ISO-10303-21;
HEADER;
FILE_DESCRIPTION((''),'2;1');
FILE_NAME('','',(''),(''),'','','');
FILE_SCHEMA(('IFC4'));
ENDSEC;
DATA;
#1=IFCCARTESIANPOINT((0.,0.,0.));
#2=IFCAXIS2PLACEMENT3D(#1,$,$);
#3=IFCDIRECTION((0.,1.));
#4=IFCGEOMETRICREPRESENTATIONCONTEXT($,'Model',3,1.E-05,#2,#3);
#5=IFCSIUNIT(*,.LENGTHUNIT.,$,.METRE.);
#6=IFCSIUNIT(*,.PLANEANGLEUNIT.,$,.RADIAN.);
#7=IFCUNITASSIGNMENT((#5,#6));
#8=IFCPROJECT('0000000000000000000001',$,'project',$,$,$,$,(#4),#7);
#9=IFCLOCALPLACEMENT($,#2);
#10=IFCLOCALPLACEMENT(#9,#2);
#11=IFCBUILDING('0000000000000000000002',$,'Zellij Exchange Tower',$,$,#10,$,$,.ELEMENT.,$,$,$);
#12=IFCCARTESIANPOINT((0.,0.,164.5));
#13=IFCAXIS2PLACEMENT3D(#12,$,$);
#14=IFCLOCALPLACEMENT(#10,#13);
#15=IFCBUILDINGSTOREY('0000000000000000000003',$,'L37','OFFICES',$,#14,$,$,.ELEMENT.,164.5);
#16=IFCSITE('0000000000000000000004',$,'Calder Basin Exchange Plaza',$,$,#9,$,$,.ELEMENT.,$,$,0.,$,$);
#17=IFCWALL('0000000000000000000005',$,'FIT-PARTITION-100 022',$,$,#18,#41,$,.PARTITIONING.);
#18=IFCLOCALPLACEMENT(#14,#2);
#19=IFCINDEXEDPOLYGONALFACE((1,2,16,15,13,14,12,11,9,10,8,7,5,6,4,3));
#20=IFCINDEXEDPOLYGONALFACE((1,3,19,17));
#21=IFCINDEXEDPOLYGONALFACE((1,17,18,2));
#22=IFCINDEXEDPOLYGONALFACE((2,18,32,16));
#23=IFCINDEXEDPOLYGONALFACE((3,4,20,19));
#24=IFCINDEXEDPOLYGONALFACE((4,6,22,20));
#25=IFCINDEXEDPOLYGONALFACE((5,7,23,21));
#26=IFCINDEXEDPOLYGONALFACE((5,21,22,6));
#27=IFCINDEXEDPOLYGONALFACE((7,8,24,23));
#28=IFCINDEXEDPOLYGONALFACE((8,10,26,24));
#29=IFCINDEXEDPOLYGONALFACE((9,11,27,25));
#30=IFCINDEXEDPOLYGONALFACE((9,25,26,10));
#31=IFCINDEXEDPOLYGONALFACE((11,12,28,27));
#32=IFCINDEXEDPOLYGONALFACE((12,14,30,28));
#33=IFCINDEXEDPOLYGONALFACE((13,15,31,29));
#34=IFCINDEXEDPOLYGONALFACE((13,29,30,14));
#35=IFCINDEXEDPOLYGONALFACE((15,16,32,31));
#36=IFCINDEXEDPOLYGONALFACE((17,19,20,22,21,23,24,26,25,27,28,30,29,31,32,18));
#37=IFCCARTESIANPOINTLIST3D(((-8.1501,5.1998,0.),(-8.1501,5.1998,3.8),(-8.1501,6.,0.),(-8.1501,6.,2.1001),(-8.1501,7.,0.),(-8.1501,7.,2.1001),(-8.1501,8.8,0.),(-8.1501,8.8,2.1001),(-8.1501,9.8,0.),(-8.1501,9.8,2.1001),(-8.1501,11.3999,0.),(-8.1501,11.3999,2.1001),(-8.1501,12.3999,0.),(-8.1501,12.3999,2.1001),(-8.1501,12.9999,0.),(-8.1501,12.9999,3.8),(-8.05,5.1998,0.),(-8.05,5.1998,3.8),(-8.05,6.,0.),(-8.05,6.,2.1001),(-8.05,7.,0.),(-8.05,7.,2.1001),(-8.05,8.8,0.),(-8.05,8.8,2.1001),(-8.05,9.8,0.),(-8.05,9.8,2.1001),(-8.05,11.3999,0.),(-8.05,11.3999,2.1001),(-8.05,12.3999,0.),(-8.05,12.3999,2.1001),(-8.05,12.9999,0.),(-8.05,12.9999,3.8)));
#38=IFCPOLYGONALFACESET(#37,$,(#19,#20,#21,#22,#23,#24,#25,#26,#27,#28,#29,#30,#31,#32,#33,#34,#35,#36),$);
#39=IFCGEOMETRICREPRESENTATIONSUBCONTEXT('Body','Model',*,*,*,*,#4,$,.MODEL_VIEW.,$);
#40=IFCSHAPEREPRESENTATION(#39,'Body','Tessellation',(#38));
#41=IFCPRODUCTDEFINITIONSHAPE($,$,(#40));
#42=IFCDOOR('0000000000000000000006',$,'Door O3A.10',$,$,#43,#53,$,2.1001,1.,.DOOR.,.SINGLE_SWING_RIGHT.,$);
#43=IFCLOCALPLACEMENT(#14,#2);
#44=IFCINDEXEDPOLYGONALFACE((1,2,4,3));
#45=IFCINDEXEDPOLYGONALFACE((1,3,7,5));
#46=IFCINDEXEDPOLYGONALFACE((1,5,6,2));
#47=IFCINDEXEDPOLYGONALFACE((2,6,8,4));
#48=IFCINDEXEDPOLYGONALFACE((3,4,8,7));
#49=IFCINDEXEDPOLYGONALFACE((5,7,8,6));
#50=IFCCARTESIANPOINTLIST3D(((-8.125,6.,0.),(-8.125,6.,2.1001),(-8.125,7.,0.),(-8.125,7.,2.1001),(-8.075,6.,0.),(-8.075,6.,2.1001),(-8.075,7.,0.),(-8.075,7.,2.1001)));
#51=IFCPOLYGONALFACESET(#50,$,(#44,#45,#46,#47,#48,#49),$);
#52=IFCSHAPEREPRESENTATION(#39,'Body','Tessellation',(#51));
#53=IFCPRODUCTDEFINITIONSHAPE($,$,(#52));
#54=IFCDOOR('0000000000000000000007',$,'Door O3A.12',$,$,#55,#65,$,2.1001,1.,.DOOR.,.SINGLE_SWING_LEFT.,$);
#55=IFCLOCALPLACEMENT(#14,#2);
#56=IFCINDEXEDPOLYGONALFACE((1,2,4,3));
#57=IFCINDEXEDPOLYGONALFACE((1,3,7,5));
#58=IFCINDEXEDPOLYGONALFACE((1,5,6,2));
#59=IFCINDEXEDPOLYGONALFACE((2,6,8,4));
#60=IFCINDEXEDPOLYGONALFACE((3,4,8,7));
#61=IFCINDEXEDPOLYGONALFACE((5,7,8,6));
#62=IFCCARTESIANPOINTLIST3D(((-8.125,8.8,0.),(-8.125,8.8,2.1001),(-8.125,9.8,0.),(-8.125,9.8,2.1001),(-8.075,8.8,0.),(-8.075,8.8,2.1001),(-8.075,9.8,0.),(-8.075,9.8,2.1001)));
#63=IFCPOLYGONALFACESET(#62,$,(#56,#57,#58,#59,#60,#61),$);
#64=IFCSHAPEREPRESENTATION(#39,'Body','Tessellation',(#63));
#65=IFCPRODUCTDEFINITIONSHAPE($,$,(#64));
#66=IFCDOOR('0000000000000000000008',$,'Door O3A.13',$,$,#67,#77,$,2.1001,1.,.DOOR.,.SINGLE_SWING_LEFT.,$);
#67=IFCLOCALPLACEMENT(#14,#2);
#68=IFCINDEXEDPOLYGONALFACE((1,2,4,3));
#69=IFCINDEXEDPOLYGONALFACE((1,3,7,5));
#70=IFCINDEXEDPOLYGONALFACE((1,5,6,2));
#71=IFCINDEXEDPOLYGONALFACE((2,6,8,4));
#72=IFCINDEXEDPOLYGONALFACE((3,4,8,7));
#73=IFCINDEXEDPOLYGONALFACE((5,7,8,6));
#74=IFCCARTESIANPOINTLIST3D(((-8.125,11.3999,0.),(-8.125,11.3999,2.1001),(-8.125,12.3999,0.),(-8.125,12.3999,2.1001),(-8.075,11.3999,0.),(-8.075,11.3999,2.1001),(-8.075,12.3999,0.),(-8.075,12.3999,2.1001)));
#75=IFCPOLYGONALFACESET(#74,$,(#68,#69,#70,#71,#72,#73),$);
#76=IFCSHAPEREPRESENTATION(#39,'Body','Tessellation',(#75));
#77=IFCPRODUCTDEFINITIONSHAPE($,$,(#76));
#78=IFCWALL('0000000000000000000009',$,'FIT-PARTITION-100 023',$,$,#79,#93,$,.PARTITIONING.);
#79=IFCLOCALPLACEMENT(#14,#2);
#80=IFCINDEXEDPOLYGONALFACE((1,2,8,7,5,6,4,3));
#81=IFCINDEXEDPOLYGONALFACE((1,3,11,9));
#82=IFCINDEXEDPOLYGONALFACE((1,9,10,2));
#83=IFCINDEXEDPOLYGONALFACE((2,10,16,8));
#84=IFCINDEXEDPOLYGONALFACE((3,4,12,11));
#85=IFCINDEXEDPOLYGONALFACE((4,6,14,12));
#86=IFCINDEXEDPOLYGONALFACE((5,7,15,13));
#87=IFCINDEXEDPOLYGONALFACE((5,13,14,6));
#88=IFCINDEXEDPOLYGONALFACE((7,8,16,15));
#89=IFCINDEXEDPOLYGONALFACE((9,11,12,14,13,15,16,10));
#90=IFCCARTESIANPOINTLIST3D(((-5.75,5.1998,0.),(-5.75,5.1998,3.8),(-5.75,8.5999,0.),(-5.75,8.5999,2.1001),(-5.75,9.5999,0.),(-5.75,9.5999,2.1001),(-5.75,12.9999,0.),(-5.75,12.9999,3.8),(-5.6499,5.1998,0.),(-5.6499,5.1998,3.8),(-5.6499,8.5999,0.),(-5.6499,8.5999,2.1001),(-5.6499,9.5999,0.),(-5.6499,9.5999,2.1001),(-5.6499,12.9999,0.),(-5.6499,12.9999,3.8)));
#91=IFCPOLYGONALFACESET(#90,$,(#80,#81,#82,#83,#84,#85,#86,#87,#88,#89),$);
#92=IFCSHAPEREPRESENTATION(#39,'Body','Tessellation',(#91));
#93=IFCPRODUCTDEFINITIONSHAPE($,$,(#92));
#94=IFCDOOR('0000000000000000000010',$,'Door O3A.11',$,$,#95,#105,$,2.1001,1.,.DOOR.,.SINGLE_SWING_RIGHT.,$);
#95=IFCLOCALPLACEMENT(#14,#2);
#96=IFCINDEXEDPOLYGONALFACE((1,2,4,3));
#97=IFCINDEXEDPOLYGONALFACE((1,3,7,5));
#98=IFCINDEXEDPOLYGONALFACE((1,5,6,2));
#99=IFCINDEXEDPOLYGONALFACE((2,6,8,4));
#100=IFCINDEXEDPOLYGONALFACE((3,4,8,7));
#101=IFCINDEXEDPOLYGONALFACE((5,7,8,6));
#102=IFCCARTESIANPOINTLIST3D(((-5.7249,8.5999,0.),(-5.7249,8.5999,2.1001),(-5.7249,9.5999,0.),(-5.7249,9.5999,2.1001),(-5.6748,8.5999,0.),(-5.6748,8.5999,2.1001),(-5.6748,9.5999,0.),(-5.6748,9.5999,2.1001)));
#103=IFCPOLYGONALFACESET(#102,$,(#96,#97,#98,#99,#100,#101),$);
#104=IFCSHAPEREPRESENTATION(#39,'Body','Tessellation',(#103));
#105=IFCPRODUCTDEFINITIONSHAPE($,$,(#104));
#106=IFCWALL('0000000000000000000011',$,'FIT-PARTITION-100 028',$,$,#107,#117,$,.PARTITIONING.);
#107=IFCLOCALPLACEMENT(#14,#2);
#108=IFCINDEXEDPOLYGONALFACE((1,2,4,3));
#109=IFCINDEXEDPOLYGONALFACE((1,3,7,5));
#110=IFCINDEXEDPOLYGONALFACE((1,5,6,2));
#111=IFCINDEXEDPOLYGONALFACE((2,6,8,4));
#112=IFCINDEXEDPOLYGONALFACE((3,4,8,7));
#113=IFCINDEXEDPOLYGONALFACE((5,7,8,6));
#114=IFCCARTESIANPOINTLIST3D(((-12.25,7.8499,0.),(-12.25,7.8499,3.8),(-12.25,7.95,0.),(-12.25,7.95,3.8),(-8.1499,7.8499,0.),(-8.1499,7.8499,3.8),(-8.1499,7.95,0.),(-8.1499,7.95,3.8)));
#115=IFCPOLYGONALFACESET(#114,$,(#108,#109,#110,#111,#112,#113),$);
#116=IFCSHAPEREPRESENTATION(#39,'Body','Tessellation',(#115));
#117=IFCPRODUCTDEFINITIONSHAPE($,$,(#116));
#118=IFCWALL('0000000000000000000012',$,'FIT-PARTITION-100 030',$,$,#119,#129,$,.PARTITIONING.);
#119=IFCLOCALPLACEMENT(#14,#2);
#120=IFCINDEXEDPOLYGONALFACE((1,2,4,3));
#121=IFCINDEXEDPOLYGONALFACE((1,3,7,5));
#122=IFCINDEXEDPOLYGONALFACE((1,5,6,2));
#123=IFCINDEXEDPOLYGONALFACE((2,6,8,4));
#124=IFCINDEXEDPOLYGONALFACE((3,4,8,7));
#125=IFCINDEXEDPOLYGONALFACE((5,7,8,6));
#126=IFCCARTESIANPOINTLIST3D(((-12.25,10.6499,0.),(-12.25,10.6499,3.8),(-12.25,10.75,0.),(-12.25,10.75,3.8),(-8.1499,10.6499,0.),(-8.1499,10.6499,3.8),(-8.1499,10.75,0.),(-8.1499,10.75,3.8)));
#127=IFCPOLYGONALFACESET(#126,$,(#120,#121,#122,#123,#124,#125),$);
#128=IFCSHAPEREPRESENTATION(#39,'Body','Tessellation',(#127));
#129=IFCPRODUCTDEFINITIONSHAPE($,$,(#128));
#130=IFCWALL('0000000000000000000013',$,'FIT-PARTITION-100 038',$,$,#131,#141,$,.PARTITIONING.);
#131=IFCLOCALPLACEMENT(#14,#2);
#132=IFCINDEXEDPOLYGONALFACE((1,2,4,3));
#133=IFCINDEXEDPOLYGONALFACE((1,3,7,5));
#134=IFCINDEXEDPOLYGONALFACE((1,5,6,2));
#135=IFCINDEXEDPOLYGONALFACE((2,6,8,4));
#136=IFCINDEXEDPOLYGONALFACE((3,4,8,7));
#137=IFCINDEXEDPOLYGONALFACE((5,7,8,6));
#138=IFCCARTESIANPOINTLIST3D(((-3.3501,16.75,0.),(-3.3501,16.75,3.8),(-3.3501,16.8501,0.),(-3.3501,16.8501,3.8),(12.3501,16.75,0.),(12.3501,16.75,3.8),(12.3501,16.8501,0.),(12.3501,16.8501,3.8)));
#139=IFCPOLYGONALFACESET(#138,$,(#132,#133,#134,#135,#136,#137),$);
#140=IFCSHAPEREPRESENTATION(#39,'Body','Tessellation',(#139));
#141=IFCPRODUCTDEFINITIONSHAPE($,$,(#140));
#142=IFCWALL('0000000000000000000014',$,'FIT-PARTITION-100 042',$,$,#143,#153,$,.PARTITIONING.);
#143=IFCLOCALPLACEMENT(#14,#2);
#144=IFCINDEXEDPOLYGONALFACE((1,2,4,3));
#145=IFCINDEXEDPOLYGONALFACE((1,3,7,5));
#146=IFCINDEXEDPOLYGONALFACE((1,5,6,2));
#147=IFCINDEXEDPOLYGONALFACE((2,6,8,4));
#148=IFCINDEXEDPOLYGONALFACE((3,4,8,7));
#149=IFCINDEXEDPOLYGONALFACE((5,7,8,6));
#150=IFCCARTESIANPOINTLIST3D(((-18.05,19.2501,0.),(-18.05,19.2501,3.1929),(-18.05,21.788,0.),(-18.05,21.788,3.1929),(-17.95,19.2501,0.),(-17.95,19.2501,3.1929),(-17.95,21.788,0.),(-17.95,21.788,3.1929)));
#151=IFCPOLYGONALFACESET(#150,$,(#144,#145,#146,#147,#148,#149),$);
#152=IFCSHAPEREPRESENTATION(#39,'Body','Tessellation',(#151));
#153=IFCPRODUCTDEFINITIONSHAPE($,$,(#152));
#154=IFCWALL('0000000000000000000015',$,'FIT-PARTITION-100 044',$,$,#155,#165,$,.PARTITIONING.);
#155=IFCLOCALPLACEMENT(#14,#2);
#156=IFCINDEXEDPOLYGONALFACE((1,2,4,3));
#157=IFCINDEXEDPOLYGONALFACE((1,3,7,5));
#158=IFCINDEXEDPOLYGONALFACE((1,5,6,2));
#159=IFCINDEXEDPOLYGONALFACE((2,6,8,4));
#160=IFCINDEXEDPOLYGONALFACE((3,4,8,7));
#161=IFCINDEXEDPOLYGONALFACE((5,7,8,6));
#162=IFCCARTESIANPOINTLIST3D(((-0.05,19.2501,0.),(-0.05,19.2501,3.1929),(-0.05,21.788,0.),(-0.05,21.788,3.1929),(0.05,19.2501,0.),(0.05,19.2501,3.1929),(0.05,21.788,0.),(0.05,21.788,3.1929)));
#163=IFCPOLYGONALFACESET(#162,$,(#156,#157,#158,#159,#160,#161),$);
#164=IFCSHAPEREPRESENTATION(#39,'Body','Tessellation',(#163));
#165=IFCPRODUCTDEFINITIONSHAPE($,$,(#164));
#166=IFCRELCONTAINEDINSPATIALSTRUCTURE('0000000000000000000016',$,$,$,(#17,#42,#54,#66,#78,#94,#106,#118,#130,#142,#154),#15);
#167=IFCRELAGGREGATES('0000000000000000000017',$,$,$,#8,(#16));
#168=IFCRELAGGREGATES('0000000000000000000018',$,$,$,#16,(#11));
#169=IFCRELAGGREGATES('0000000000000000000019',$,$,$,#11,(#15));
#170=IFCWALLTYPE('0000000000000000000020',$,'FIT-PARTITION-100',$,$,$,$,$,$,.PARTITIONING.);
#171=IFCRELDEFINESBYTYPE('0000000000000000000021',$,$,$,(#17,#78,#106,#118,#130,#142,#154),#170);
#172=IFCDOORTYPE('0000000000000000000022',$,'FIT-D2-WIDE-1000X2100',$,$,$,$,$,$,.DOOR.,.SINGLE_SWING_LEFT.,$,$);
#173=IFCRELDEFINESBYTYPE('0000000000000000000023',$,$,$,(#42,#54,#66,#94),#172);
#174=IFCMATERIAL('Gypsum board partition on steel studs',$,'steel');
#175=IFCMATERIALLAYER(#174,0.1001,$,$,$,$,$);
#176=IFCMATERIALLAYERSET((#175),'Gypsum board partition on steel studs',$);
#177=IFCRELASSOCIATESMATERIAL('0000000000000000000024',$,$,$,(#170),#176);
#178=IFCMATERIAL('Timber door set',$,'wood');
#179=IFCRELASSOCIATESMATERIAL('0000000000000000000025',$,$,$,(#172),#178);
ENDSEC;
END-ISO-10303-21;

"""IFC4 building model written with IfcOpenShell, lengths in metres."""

from ifc_helpers import new_model, si_unit, direction, frame, frame_2d, origin, place, context, subcontext, project, spatial, rectangle, extrude, material, layer, layer_set, type_object, element, fill, save


model = new_model("IFC4")

# Units and contexts
model_context = context("Model", 3, precision=1e-05, world=origin(), true_north=direction((0.0, 1.0)))
body_context = subcontext(model_context, "Body", "Model", "MODEL_VIEW")
ifc_project = project(units=[si_unit("LENGTHUNIT", "METRE"), si_unit("PLANEANGLEUNIT", "RADIAN")], contexts=[model_context])

# Site, building, storey
site_placement = place(None, origin())
site = spatial("IfcSite", under=ifc_project, at=site_placement, Name="Calder Basin Exchange Plaza", CompositionType="ELEMENT", RefElevation=0.0)
building_placement = place(site_placement, origin())
building = spatial("IfcBuilding", under=site, at=building_placement, Name="Zellij Exchange Tower", CompositionType="ELEMENT")
storey_placement = place(building_placement, frame((0.0, 0.0, 164.5)))
storey = spatial("IfcBuildingStorey", under=building, at=storey_placement, Name="L37", Description="OFFICES", CompositionType="ELEMENT", Elevation=164.5)

# Shared definitions
ifc_material_1 = material(Name="Timber door set", Category="wood")

# Shared definitions
ifc_material_2 = material(Name="Gypsum board partition on steel studs", Category="steel")
ifc_layer_1 = layer(ifc_material_2, 0.1001)
ifc_layer_set_1 = layer_set([ifc_layer_1], Name="Gypsum board partition on steel studs")
wall_type_1 = type_object("IfcWallType", Name="FIT-PARTITION-100", PredefinedType="PARTITIONING", material=ifc_layer_set_1)

# Wall, openings, doors
wall_1_placement = place(storey_placement, frame((-8.1001, 5.2, 0.0), z_axis=(0.0, 0.0, 1.0), x_axis=(0.0, 1.0, 0.0)))
wall_1 = element("IfcWall", 1, at=wall_1_placement, inside=storey, type_object=wall_type_1, Name="FIT-PARTITION-100 022", PredefinedType="PARTITIONING", context=body_context, shape_type="SweptSolid", body=[
    extrude(rectangle(XDim=7.8, YDim=0.1001, at=frame_2d((3.8999, 0.0))), origin(), (0.0, 0.0, 1.0), 3.8),
])
opening_1_placement = place(wall_1_placement, frame((0.8, 0.0, 0.0)))
opening_1 = element("IfcOpeningElement", 2, at=opening_1_placement, cuts=wall_1, PredefinedType="OPENING", context=body_context, shape_type="SweptSolid", body=[
    extrude(rectangle(XDim=1.0, YDim=2.1001, at=frame_2d((0.5, 1.05))), frame((0.0, 0.062, 0.0), z_axis=(0.0, -1.0, 0.0), x_axis=(1.0, 0.0, 0.0)), (0.0, 0.0, 1.0), 0.124),
])
opening_2_placement = place(wall_1_placement, frame((3.6001, 0.0, 0.0)))
opening_2 = element("IfcOpeningElement", 3, at=opening_2_placement, cuts=wall_1, PredefinedType="OPENING", context=body_context, shape_type="SweptSolid", body=[
    extrude(rectangle(XDim=1.0, YDim=2.1001, at=frame_2d((0.5, 1.05))), frame((0.0, 0.062, 0.0), z_axis=(0.0, -1.0, 0.0), x_axis=(1.0, 0.0, 0.0)), (0.0, 0.0, 1.0), 0.124),
])
opening_3_placement = place(wall_1_placement, frame((6.2, 0.0, 0.0)))
opening_3 = element("IfcOpeningElement", 4, at=opening_3_placement, cuts=wall_1, PredefinedType="OPENING", context=body_context, shape_type="SweptSolid", body=[
    extrude(rectangle(XDim=1.0, YDim=2.1001, at=frame_2d((0.5, 1.05))), frame((0.0, 0.062, 0.0), z_axis=(0.0, -1.0, 0.0), x_axis=(1.0, 0.0, 0.0)), (0.0, 0.0, 1.0), 0.124),
])
door_type_1 = type_object("IfcDoorType", Name="FIT-D2-WIDE-1000X2100", OperationType="SINGLE_SWING_LEFT", PredefinedType="DOOR", material=ifc_material_1)
door_1_placement = place(opening_1_placement, origin())
door_1 = element("IfcDoor", 5, at=door_1_placement, inside=storey, type_object=door_type_1, Name="Door O3A.10", OperationType="SINGLE_SWING_RIGHT", OverallHeight=2.1001, OverallWidth=1.0, PredefinedType="DOOR", context=body_context, shape_type="SweptSolid", body=[
    extrude(rectangle(XDim=1.0, YDim=2.1001, at=frame_2d((0.5, 1.05))), frame((0.0, 0.0249, 0.0), z_axis=(0.0, -1.0, 0.0), x_axis=(1.0, 0.0, 0.0)), (0.0, 0.0, 1.0), 0.05),
])
fill(opening_1, door_1)
door_2_placement = place(opening_2_placement, origin())
door_2 = element("IfcDoor", 6, at=door_2_placement, inside=storey, type_object=door_type_1, Name="Door O3A.12", OperationType="SINGLE_SWING_LEFT", OverallHeight=2.1001, OverallWidth=1.0, PredefinedType="DOOR", context=body_context, shape_type="SweptSolid", body=[
    extrude(rectangle(XDim=1.0, YDim=2.1001, at=frame_2d((0.5, 1.05))), frame((0.0, 0.0249, 0.0), z_axis=(0.0, -1.0, 0.0), x_axis=(1.0, 0.0, 0.0)), (0.0, 0.0, 1.0), 0.05),
])
fill(opening_2, door_2)
door_3_placement = place(opening_3_placement, origin())
door_3 = element("IfcDoor", 7, at=door_3_placement, inside=storey, type_object=door_type_1, Name="Door O3A.13", OperationType="SINGLE_SWING_LEFT", OverallHeight=2.1001, OverallWidth=1.0, PredefinedType="DOOR", context=body_context, shape_type="SweptSolid", body=[
    extrude(rectangle(XDim=1.0, YDim=2.1001, at=frame_2d((0.5, 1.05))), frame((0.0, 0.0249, 0.0), z_axis=(0.0, -1.0, 0.0), x_axis=(1.0, 0.0, 0.0)), (0.0, 0.0, 1.0), 0.05),
])
fill(opening_3, door_3)

# Wall, opening, door
wall_2_placement = place(storey_placement, frame((-5.7, 5.2, 0.0), z_axis=(0.0, 0.0, 1.0), x_axis=(0.0, 1.0, 0.0)))
wall_2 = element("IfcWall", 8, at=wall_2_placement, inside=storey, type_object=wall_type_1, Name="FIT-PARTITION-100 023", PredefinedType="PARTITIONING", context=body_context, shape_type="SweptSolid", body=[
    extrude(rectangle(XDim=7.8, YDim=0.1001, at=frame_2d((3.8999, 0.0))), origin(), (0.0, 0.0, 1.0), 3.8),
])
opening_4_placement = place(wall_2_placement, frame((3.3999, 0.0, 0.0)))
opening_4 = element("IfcOpeningElement", 9, at=opening_4_placement, cuts=wall_2, PredefinedType="OPENING", context=body_context, shape_type="SweptSolid", body=[
    extrude(rectangle(XDim=1.0, YDim=2.1001, at=frame_2d((0.5, 1.05))), frame((0.0, 0.062, 0.0), z_axis=(0.0, -1.0, 0.0), x_axis=(1.0, 0.0, 0.0)), (0.0, 0.0, 1.0), 0.124),
])
door_4_placement = place(opening_4_placement, origin())
door_4 = element("IfcDoor", 10, at=door_4_placement, inside=storey, type_object=door_type_1, Name="Door O3A.11", OperationType="SINGLE_SWING_RIGHT", OverallHeight=2.1001, OverallWidth=1.0, PredefinedType="DOOR", context=body_context, shape_type="SweptSolid", body=[
    extrude(rectangle(XDim=1.0, YDim=2.1001, at=frame_2d((0.5, 1.05))), frame((0.0, 0.0249, 0.0), z_axis=(0.0, -1.0, 0.0), x_axis=(1.0, 0.0, 0.0)), (0.0, 0.0, 1.0), 0.05),
])
fill(opening_4, door_4)

# Walls
for number, where, z_axis, x_axis, name in (
    (11, (-12.25, 7.8999, 0.0), (0.0, 0.0, 1.0), (1.0, 0.0, 0.0), "FIT-PARTITION-100 028"),
    (12, (-12.25, 10.7, 0.0), (0.0, 0.0, 1.0), (1.0, 0.0, 0.0), "FIT-PARTITION-100 030"),
):
    element("IfcWall", number, at=place(storey_placement, frame(where, z_axis=z_axis, x_axis=x_axis)), inside=storey, type_object=wall_type_1, Name=name, PredefinedType="PARTITIONING", context=body_context, shape_type="SweptSolid", body=[
        extrude(rectangle(XDim=4.1001, YDim=0.1001, at=frame_2d((2.05, 0.0))), origin(), (0.0, 0.0, 1.0), 3.8),
    ])
wall_3_placement = place(storey_placement, frame((-3.3501, 16.8, 0.0), z_axis=(0.0, 0.0, 1.0), x_axis=(1.0, 0.0, 0.0)))
element("IfcWall", 13, at=wall_3_placement, inside=storey, type_object=wall_type_1, Name="FIT-PARTITION-100 038", PredefinedType="PARTITIONING", context=body_context, shape_type="SweptSolid", body=[
    extrude(rectangle(XDim=15.7002, YDim=0.1001, at=frame_2d((7.8501, 0.0))), origin(), (0.0, 0.0, 1.0), 3.8),
])
for number, where, z_axis, x_axis, name in (
    (14, (-18.0, 19.25, 0.0), (0.0, 0.0, 1.0), (0.0, 1.0, 0.0), "FIT-PARTITION-100 042"),
    (15, (0.0, 19.25, 0.0), (0.0, 0.0, 1.0), (0.0, 1.0, 0.0), "FIT-PARTITION-100 044"),
):
    element("IfcWall", number, at=place(storey_placement, frame(where, z_axis=z_axis, x_axis=x_axis)), inside=storey, type_object=wall_type_1, Name=name, PredefinedType="PARTITIONING", context=body_context, shape_type="SweptSolid", body=[
        extrude(rectangle(XDim=2.5378, YDim=0.1001, at=frame_2d((1.269, 0.0))), origin(), (0.0, 0.0, 1.0), 3.1929),
    ])

save(model, "model.ifc")
